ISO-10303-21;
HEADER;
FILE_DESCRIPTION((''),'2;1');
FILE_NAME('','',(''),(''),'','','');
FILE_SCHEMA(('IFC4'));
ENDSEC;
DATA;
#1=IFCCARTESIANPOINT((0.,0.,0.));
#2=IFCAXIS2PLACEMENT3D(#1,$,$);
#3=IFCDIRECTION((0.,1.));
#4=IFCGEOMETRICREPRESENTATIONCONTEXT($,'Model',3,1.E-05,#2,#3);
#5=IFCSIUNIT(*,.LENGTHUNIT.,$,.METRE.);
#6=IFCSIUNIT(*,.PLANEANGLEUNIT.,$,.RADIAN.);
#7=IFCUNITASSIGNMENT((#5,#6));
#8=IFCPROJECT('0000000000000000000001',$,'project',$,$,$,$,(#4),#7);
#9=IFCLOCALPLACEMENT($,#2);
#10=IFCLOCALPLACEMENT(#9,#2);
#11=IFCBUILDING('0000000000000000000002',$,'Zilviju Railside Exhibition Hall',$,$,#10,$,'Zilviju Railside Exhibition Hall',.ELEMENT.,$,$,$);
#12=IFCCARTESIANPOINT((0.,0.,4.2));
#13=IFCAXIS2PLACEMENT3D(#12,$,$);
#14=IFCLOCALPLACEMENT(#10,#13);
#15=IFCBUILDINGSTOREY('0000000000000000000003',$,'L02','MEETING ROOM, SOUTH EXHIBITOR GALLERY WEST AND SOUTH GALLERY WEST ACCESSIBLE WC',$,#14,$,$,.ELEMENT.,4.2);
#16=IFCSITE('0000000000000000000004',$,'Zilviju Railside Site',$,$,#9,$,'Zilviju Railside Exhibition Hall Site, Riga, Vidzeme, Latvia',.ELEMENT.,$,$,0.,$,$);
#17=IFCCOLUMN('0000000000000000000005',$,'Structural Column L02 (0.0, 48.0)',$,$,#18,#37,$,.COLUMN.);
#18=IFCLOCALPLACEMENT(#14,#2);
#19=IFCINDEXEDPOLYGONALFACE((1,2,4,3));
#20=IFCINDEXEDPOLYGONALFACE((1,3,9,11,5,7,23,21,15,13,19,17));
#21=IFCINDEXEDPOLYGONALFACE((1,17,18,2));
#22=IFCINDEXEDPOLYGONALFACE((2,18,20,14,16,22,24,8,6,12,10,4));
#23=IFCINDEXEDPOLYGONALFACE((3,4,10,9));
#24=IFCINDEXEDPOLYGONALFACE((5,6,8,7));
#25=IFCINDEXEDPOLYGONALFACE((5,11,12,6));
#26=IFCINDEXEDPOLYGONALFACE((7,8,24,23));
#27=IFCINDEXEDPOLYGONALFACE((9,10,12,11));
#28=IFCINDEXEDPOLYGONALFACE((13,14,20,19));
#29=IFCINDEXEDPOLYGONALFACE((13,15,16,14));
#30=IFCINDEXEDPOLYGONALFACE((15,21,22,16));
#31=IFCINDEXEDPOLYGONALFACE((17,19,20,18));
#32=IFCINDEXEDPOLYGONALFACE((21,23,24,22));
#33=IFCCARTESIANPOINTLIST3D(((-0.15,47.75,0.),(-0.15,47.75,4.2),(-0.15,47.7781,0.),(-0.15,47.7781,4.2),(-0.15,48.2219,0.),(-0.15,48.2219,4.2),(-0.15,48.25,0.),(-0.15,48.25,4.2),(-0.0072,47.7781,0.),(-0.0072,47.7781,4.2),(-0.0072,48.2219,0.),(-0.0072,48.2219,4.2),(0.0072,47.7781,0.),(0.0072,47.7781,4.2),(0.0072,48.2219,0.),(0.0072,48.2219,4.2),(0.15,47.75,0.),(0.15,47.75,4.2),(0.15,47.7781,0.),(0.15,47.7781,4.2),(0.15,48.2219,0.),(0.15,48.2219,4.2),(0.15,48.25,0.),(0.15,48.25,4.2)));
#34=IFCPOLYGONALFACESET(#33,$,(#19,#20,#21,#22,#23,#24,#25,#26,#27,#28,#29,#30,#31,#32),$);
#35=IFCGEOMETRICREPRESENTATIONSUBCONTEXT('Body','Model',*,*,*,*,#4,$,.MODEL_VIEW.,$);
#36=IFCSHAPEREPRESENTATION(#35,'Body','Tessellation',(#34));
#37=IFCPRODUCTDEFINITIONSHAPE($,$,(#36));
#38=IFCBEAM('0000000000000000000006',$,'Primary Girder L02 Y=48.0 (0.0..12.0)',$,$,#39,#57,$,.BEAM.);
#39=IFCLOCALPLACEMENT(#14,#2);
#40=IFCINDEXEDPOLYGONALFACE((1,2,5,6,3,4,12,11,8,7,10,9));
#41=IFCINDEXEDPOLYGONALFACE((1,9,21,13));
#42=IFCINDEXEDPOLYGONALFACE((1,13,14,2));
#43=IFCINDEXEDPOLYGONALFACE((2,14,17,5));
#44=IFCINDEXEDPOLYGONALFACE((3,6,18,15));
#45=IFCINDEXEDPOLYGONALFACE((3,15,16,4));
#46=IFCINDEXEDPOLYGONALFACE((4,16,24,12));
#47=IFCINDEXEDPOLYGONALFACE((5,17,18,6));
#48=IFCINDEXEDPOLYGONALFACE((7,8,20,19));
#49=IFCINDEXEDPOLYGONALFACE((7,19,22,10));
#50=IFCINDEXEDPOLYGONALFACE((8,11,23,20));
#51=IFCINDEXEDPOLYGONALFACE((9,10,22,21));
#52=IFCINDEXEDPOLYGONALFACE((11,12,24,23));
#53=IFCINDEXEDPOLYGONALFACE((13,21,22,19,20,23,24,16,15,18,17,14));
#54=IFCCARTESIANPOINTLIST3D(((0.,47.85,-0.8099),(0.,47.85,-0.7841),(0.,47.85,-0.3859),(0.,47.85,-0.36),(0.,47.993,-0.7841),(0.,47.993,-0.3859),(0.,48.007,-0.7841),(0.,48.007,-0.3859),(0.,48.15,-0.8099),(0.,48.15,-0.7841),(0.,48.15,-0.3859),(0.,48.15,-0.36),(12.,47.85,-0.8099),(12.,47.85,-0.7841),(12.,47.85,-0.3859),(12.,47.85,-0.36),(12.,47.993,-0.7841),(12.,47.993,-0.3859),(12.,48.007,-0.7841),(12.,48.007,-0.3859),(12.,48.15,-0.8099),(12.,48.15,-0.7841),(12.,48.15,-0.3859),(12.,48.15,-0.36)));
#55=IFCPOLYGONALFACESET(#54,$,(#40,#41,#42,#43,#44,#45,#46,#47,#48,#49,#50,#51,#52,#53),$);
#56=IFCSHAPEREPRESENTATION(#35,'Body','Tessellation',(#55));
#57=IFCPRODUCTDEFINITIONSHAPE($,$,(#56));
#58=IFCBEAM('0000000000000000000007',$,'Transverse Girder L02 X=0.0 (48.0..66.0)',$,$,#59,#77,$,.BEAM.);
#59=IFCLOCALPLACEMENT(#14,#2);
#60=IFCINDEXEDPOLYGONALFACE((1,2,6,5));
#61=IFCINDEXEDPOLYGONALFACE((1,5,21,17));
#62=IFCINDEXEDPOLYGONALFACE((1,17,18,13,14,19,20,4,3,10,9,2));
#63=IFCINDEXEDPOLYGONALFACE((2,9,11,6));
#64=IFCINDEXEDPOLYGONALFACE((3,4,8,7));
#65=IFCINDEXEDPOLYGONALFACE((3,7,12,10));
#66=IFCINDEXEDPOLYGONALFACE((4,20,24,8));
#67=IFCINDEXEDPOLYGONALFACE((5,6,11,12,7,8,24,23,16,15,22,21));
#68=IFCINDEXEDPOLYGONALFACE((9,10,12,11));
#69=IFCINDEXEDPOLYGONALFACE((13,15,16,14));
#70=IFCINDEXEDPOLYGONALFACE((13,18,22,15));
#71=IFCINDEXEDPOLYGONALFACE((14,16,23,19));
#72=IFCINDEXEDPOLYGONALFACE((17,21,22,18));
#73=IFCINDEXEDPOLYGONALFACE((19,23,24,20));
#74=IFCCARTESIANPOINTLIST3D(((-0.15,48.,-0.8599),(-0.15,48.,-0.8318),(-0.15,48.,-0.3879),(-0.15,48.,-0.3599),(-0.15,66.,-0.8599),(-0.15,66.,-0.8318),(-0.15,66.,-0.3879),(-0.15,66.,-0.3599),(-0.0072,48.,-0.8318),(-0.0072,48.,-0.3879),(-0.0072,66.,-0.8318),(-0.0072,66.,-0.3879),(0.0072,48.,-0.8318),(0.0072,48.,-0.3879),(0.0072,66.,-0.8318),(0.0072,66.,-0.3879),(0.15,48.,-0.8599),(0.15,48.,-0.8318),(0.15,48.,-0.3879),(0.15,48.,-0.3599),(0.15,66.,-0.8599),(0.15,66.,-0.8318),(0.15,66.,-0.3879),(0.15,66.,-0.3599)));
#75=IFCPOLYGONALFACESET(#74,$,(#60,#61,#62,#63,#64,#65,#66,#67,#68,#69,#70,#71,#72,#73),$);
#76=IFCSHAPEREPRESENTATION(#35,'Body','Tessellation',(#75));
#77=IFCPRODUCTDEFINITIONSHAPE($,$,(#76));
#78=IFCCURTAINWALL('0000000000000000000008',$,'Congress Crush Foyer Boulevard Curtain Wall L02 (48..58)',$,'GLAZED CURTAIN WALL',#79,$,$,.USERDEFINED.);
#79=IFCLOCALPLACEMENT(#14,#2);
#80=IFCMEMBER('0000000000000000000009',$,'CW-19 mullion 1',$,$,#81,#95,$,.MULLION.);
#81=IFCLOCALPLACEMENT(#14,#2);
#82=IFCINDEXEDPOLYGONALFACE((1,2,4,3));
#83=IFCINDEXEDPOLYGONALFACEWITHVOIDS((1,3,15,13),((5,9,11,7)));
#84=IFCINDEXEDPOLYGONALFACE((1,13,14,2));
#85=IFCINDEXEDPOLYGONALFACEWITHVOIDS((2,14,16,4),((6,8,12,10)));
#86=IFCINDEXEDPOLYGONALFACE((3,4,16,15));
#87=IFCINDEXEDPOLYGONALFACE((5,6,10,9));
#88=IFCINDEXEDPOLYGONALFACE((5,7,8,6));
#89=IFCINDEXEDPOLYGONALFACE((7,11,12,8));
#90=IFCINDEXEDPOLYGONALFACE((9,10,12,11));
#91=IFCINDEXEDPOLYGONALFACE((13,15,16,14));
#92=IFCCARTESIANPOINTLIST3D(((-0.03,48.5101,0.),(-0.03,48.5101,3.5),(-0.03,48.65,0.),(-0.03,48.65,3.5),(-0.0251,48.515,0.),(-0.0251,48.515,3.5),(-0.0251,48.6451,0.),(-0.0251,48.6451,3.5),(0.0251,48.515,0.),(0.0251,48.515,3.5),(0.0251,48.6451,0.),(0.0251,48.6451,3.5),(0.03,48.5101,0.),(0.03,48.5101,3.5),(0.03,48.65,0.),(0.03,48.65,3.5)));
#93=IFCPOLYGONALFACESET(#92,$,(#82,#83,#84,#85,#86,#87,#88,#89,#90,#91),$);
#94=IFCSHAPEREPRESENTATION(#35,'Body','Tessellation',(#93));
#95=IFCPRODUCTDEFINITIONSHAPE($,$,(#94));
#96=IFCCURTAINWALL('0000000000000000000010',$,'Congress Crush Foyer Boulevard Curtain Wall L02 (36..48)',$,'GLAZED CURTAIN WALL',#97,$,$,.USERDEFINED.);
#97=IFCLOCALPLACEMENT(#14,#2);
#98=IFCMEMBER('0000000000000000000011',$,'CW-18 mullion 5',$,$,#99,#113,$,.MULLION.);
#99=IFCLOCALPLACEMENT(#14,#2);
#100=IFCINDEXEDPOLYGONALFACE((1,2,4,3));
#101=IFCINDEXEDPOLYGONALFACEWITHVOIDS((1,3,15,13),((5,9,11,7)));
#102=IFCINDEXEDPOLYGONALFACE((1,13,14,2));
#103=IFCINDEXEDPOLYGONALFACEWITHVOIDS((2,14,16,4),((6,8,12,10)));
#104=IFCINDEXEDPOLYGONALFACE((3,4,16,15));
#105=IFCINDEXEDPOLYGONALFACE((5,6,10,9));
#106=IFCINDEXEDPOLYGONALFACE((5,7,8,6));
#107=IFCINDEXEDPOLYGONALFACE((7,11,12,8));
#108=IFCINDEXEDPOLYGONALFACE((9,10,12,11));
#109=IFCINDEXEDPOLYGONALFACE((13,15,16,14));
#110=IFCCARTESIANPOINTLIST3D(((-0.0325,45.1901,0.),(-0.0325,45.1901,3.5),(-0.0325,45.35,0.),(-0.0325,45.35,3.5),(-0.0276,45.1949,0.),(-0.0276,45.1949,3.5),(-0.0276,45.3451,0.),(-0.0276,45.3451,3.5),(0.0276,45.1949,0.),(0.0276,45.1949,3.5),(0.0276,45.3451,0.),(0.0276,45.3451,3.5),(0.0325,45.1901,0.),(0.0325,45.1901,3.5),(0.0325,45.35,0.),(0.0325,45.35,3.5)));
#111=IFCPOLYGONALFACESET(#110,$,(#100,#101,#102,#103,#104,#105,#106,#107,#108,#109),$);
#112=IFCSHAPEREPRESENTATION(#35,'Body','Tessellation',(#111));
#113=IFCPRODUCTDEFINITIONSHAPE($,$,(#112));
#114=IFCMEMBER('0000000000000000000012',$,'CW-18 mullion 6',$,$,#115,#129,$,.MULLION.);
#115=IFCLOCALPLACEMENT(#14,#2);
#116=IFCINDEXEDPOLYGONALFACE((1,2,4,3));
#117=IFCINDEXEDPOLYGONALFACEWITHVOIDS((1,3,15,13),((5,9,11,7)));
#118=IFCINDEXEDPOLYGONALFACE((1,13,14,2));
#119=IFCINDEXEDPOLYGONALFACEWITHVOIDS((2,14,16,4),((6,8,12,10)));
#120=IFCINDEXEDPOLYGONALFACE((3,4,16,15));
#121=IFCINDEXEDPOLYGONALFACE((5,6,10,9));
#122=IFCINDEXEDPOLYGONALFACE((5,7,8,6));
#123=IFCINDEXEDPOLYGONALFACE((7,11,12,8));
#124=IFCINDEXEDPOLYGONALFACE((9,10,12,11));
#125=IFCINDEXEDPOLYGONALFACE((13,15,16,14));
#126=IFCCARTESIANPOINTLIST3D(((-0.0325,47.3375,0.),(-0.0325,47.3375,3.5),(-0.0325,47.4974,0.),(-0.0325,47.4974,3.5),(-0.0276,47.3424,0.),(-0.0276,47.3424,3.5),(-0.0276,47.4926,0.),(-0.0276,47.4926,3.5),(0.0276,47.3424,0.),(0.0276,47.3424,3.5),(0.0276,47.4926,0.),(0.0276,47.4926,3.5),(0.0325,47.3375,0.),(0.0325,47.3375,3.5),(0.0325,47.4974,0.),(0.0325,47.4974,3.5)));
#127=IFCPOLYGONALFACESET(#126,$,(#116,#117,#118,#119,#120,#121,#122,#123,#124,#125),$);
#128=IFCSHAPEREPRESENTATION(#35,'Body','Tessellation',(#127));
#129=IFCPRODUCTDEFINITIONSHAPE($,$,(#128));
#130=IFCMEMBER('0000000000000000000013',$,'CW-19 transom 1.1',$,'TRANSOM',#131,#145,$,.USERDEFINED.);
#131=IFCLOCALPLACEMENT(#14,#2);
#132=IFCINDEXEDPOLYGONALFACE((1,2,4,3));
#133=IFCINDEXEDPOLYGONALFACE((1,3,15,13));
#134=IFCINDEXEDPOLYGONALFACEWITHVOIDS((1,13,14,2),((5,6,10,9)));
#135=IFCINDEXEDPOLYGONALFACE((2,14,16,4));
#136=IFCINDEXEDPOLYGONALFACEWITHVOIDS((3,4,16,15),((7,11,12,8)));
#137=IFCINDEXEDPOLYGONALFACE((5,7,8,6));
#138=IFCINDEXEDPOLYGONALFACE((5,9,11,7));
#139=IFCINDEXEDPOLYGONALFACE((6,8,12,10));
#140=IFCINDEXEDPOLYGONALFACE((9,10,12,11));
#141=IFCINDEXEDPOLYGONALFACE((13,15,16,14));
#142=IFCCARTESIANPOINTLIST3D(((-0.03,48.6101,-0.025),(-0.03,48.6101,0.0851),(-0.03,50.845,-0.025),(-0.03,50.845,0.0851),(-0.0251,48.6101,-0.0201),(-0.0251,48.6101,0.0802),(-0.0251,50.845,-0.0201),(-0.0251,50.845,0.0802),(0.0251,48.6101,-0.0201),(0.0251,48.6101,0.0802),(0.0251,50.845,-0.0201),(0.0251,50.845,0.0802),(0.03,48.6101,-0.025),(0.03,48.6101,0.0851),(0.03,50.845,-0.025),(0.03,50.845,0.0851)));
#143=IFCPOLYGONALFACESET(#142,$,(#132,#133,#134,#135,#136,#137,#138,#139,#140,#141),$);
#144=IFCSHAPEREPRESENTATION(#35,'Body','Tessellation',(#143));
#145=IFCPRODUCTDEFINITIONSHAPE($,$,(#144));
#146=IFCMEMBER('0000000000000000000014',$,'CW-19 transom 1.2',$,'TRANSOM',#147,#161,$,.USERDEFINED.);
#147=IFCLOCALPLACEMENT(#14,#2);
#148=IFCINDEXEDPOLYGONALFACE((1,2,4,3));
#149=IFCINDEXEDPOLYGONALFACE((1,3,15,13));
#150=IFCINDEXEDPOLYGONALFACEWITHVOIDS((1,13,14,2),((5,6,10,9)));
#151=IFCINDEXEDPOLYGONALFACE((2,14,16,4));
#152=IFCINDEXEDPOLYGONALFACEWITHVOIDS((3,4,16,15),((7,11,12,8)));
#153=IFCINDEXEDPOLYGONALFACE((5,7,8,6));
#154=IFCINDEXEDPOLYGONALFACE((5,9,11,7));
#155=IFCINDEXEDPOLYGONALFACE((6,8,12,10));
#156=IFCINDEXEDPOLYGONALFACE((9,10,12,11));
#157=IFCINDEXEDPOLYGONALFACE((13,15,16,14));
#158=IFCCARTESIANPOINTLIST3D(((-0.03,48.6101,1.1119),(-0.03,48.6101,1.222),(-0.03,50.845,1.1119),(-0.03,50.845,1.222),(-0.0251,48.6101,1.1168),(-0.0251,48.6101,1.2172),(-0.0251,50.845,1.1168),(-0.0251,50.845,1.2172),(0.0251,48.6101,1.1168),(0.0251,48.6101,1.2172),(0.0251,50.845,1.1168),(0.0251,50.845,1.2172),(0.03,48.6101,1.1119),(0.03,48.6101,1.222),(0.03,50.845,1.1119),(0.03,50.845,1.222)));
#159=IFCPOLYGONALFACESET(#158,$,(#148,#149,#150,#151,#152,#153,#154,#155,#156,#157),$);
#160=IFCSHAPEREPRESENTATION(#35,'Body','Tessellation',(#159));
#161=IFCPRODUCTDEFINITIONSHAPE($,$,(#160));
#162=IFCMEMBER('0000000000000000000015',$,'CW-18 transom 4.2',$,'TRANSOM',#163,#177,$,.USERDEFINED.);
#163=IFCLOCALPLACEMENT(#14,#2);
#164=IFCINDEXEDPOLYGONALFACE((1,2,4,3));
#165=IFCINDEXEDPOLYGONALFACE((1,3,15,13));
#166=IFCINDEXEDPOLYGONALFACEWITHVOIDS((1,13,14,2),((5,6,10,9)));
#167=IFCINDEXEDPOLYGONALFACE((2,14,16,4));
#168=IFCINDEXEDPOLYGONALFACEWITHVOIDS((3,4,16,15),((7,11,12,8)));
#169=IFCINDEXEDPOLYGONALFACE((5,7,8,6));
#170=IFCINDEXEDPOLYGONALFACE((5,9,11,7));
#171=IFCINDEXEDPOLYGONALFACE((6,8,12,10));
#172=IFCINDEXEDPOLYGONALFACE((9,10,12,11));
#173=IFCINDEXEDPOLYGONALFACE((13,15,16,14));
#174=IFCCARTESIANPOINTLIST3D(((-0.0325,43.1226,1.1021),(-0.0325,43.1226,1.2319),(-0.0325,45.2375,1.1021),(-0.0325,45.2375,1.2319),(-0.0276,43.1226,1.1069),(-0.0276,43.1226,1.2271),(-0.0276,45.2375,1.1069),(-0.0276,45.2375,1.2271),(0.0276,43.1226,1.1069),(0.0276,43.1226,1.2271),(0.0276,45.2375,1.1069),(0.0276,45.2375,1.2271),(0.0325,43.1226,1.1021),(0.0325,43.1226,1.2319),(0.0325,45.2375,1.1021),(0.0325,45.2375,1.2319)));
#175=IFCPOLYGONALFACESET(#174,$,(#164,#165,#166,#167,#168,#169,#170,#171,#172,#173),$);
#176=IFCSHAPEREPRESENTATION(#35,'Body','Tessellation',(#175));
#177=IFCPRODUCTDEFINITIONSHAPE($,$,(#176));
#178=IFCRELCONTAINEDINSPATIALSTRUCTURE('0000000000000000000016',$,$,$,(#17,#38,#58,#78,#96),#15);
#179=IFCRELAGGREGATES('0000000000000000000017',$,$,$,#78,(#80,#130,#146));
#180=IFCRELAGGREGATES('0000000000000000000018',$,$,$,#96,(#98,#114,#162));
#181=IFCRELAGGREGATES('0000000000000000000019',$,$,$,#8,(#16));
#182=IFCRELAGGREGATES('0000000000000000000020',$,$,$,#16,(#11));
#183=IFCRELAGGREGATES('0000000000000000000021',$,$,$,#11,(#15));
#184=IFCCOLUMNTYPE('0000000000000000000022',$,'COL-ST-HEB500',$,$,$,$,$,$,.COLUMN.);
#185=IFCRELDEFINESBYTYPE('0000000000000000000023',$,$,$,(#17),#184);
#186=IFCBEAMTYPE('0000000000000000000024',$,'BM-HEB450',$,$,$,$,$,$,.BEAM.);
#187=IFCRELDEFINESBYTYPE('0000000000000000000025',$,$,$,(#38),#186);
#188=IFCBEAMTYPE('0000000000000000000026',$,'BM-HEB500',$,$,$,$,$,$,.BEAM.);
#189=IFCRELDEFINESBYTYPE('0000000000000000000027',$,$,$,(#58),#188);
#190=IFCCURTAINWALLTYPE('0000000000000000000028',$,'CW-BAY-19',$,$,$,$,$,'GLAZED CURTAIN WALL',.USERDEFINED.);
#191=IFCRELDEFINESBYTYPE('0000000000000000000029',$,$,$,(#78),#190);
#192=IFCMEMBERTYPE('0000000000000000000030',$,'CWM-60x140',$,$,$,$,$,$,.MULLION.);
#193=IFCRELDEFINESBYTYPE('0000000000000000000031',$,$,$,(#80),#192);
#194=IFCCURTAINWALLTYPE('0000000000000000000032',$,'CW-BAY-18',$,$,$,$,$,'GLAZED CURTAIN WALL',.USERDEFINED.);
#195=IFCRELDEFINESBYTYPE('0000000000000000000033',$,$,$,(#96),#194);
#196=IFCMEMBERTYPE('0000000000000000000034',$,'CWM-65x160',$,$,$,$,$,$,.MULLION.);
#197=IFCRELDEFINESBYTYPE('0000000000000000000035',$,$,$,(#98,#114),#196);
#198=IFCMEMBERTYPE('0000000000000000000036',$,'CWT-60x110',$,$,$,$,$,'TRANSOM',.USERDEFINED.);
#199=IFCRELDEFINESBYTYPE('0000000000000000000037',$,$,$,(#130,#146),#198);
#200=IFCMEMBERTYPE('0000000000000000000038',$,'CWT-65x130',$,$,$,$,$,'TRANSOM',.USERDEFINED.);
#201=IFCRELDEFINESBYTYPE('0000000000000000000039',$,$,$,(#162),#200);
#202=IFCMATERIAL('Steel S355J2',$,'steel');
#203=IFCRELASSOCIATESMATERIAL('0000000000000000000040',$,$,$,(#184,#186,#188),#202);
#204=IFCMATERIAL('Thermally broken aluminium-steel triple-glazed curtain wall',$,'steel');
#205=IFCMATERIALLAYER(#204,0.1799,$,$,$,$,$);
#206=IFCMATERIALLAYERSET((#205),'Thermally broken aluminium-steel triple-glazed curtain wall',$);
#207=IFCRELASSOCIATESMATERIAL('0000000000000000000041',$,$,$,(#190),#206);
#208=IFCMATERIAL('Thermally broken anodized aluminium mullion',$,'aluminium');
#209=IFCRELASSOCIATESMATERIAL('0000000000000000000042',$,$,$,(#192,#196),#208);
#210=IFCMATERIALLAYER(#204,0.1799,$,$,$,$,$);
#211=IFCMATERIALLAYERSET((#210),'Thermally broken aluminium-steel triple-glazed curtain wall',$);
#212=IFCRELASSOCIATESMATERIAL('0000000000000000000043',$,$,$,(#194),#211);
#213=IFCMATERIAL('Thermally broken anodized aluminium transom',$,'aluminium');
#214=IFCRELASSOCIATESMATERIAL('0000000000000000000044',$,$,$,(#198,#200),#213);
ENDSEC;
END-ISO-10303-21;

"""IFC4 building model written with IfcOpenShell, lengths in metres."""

from ifc_helpers import new_model, si_unit, direction, frame, origin, origin_2d, place, context, subcontext, project, spatial, hollow_rectangle, i_section, extrude, material, layer, layer_set, material_profile, profile_set, type_object, element, aggregate, save


model = new_model("IFC4")

# Units and contexts
model_context = context("Model", 3, precision=1e-05, world=origin(), true_north=direction((0.0, 1.0)))
body_context = subcontext(model_context, "Body", "Model", "MODEL_VIEW")
ifc_project = project(units=[si_unit("LENGTHUNIT", "METRE"), si_unit("PLANEANGLEUNIT", "RADIAN")], contexts=[model_context])

# Site, building, storey
site_placement = place(None, origin())
site = spatial("IfcSite", under=ifc_project, at=site_placement, Name="Zilviju Railside Site", LongName="Zilviju Railside Exhibition Hall Site, Riga, Vidzeme, Latvia", CompositionType="ELEMENT", RefElevation=0.0)
building_placement = place(site_placement, origin())
building = spatial("IfcBuilding", under=site, at=building_placement, Name="Zilviju Railside Exhibition Hall", LongName="Zilviju Railside Exhibition Hall", CompositionType="ELEMENT")
storey_placement = place(building_placement, frame((0.0, 0.0, 4.2)))
storey = spatial("IfcBuildingStorey", under=building, at=storey_placement, Name="L02", Description="MEETING ROOM, SOUTH EXHIBITOR GALLERY WEST AND SOUTH GALLERY WEST ACCESSIBLE WC", CompositionType="ELEMENT", Elevation=4.2)

# Column
ifc_material_1 = material(Name="Steel S355J2", Category="steel")
ifc_material_profile_1 = material_profile(ifc_material_1, i_section(OverallWidth=0.3, OverallDepth=0.5, WebThickness=0.0144, FlangeThickness=0.0281, at=origin_2d()), Name="HEB 500")
ifc_profile_set_1 = profile_set([ifc_material_profile_1], Name="Steel S355J2")
column_type = type_object("IfcColumnType", Name="COL-ST-HEB500", PredefinedType="COLUMN", material=ifc_profile_set_1)
column_placement = place(storey_placement, frame((0.0, 48.0, 0.0), z_axis=(0.0, 0.0, 1.0), x_axis=(1.0, 0.0, 0.0)))
element("IfcColumn", 1, at=column_placement, inside=storey, type_object=column_type, Name="Structural Column L02 (0.0, 48.0)", PredefinedType="COLUMN", context=body_context, shape_type="SweptSolid", body=[
    extrude(i_section(OverallWidth=0.3, OverallDepth=0.5, WebThickness=0.0144, FlangeThickness=0.0281, at=origin_2d()), origin(), (0.0, 0.0, 1.0), 4.2),
])

# Beams
ifc_material_profile_2 = material_profile(ifc_material_1, i_section(OverallWidth=0.3, OverallDepth=0.45, WebThickness=0.0139, FlangeThickness=0.0259, at=origin_2d()), Name="HEB 450")
ifc_profile_set_2 = profile_set([ifc_material_profile_2], Name="Steel S355J2")
beam_type_1 = type_object("IfcBeamType", Name="BM-HEB450", PredefinedType="BEAM", material=ifc_profile_set_2)
beam_1_placement = place(storey_placement, frame((0.0, 48.0, -0.585), z_axis=(1.0, 0.0, 0.0), x_axis=(0.0, 1.0, 0.0)))
element("IfcBeam", 2, at=beam_1_placement, inside=storey, type_object=beam_type_1, Name="Primary Girder L02 Y=48.0 (0.0..12.0)", PredefinedType="BEAM", context=body_context, shape_type="SweptSolid", body=[
    extrude(i_section(OverallWidth=0.3, OverallDepth=0.45, WebThickness=0.0139, FlangeThickness=0.0259, at=origin_2d()), origin(), (0.0, 0.0, 1.0), 12.0),
])
ifc_material_profile_3 = material_profile(ifc_material_1, i_section(OverallWidth=0.3, OverallDepth=0.5, WebThickness=0.0144, FlangeThickness=0.0281, at=origin_2d()), Name="HEB 500")
ifc_profile_set_3 = profile_set([ifc_material_profile_3], Name="Steel S355J2")
beam_type_2 = type_object("IfcBeamType", Name="BM-HEB500", PredefinedType="BEAM", material=ifc_profile_set_3)
beam_2_placement = place(storey_placement, frame((0.0, 48.0, -0.6099), z_axis=(0.0, 1.0, 0.0), x_axis=(-1.0, 0.0, 0.0)))
element("IfcBeam", 3, at=beam_2_placement, inside=storey, type_object=beam_type_2, Name="Transverse Girder L02 X=0.0 (48.0..66.0)", PredefinedType="BEAM", context=body_context, shape_type="SweptSolid", body=[
    extrude(i_section(OverallWidth=0.3, OverallDepth=0.5, WebThickness=0.0144, FlangeThickness=0.0281, at=origin_2d()), origin(), (0.0, 0.0, 1.0), 18.0),
])

# Curtain wall, member
ifc_material_2 = material(Name="Thermally broken aluminium-steel triple-glazed curtain wall", Category="steel")
ifc_layer_1 = layer(ifc_material_2, 0.1799)
ifc_layer_set_1 = layer_set([ifc_layer_1], Name="Thermally broken aluminium-steel triple-glazed curtain wall")
curtain_wall_type_1 = type_object("IfcCurtainWallType", Name="CW-BAY-19", ElementType="GLAZED CURTAIN WALL", PredefinedType="USERDEFINED", material=ifc_layer_set_1)
curtain_wall_1_placement = place(storey_placement, origin())
curtain_wall_1 = element("IfcCurtainWall", 4, at=curtain_wall_1_placement, inside=storey, type_object=curtain_wall_type_1, Name="Congress Crush Foyer Boulevard Curtain Wall L02 (48..58)", ObjectType="GLAZED CURTAIN WALL", PredefinedType="USERDEFINED")
ifc_material_3 = material(Name="Thermally broken anodized aluminium mullion", Category="aluminium")
ifc_material_profile_4 = material_profile(ifc_material_3, hollow_rectangle(XDim=0.0601, YDim=0.1399, WallThickness=0.0049, at=origin_2d()), Name="MULLION 140x60x5")
ifc_profile_set_4 = profile_set([ifc_material_profile_4], Name="Thermally broken anodized aluminium mullion")
member_type_1 = type_object("IfcMemberType", Name="CWM-60x140", PredefinedType="MULLION", material=ifc_profile_set_4)
member_1_placement = place(storey_placement, frame((0.0, 48.5801, 0.0), z_axis=(0.0, 0.0, 1.0), x_axis=(-1.0, 0.0, 0.0)))
member_1 = element("IfcMember", 5, at=member_1_placement, type_object=member_type_1, Name="CW-19 mullion 1", PredefinedType="MULLION", context=body_context, shape_type="SweptSolid", body=[
    extrude(hollow_rectangle(XDim=0.0601, YDim=0.1399, WallThickness=0.0049, at=origin_2d()), origin(), (0.0, 0.0, 1.0), 3.5),
])

# Curtain wall, members
ifc_layer_2 = layer(ifc_material_2, 0.1799)
ifc_layer_set_2 = layer_set([ifc_layer_2], Name="Thermally broken aluminium-steel triple-glazed curtain wall")
curtain_wall_type_2 = type_object("IfcCurtainWallType", Name="CW-BAY-18", ElementType="GLAZED CURTAIN WALL", PredefinedType="USERDEFINED", material=ifc_layer_set_2)
curtain_wall_2_placement = place(storey_placement, origin())
curtain_wall_2 = element("IfcCurtainWall", 6, at=curtain_wall_2_placement, inside=storey, type_object=curtain_wall_type_2, Name="Congress Crush Foyer Boulevard Curtain Wall L02 (36..48)", ObjectType="GLAZED CURTAIN WALL", PredefinedType="USERDEFINED")
ifc_material_profile_5 = material_profile(ifc_material_3, hollow_rectangle(XDim=0.0649, YDim=0.1599, WallThickness=0.0049, at=origin_2d()), Name="MULLION 160x65x5")
ifc_profile_set_5 = profile_set([ifc_material_profile_5], Name="Thermally broken anodized aluminium mullion")
member_type_2 = type_object("IfcMemberType", Name="CWM-65x160", PredefinedType="MULLION", material=ifc_profile_set_5)
member_2_placement = place(storey_placement, frame((0.0, 45.27, 0.0), z_axis=(0.0, 0.0, 1.0), x_axis=(-1.0, 0.0, 0.0)))
member_2 = element("IfcMember", 7, at=member_2_placement, type_object=member_type_2, Name="CW-18 mullion 5", PredefinedType="MULLION", context=body_context, shape_type="SweptSolid", body=[
    extrude(hollow_rectangle(XDim=0.0649, YDim=0.1599, WallThickness=0.0049, at=origin_2d()), origin(), (0.0, 0.0, 1.0), 3.5),
])
member_3_placement = place(storey_placement, frame((0.0, 47.4175, 0.0), z_axis=(0.0, 0.0, 1.0), x_axis=(-1.0, 0.0, 0.0)))
member_3 = element("IfcMember", 8, at=member_3_placement, type_object=member_type_2, Name="CW-18 mullion 6", PredefinedType="MULLION", context=body_context, shape_type="SweptSolid", body=[
    extrude(hollow_rectangle(XDim=0.0649, YDim=0.1599, WallThickness=0.0049, at=origin_2d()), origin(), (0.0, 0.0, 1.0), 3.5),
])

# Members
ifc_material_4 = material(Name="Thermally broken anodized aluminium transom", Category="aluminium")
ifc_material_profile_6 = material_profile(ifc_material_4, hollow_rectangle(XDim=0.0601, YDim=0.1101, WallThickness=0.0049, at=origin_2d()), Name="TRANSOM 110x60x5")
ifc_profile_set_6 = profile_set([ifc_material_profile_6], Name="Thermally broken anodized aluminium transom")
member_type_3 = type_object("IfcMemberType", Name="CWT-60x110", ElementType="TRANSOM", PredefinedType="USERDEFINED", material=ifc_profile_set_6)
member_4_placement = place(storey_placement, frame((0.0, 48.6101, 0.03), z_axis=(0.0, 1.0, 0.0), x_axis=(-1.0, 0.0, 0.0)))
member_4 = element("IfcMember", 9, at=member_4_placement, type_object=member_type_3, Name="CW-19 transom 1.1", ObjectType="TRANSOM", PredefinedType="USERDEFINED", context=body_context, shape_type="SweptSolid", body=[
    extrude(hollow_rectangle(XDim=0.0601, YDim=0.1101, WallThickness=0.0049, at=origin_2d()), origin(), (0.0, 0.0, 1.0), 2.2349),
])
member_5_placement = place(storey_placement, frame((0.0, 48.6101, 1.167), z_axis=(0.0, 1.0, 0.0), x_axis=(-1.0, 0.0, 0.0)))
member_5 = element("IfcMember", 10, at=member_5_placement, type_object=member_type_3, Name="CW-19 transom 1.2", ObjectType="TRANSOM", PredefinedType="USERDEFINED", context=body_context, shape_type="SweptSolid", body=[
    extrude(hollow_rectangle(XDim=0.0601, YDim=0.1101, WallThickness=0.0049, at=origin_2d()), origin(), (0.0, 0.0, 1.0), 2.2349),
])
aggregate(curtain_wall_1, [member_1, member_4, member_5])
ifc_material_profile_7 = material_profile(ifc_material_4, hollow_rectangle(XDim=0.0649, YDim=0.1299, WallThickness=0.0049, at=origin_2d()), Name="TRANSOM 130x65x5")
ifc_profile_set_7 = profile_set([ifc_material_profile_7], Name="Thermally broken anodized aluminium transom")
member_type_4 = type_object("IfcMemberType", Name="CWT-65x130", ElementType="TRANSOM", PredefinedType="USERDEFINED", material=ifc_profile_set_7)
member_6_placement = place(storey_placement, frame((0.0, 43.1226, 1.167), z_axis=(0.0, 1.0, 0.0), x_axis=(-1.0, 0.0, 0.0)))
member_6 = element("IfcMember", 11, at=member_6_placement, type_object=member_type_4, Name="CW-18 transom 4.2", ObjectType="TRANSOM", PredefinedType="USERDEFINED", context=body_context, shape_type="SweptSolid", body=[
    extrude(hollow_rectangle(XDim=0.0649, YDim=0.1299, WallThickness=0.0049, at=origin_2d()), origin(), (0.0, 0.0, 1.0), 2.115),
])

aggregate(curtain_wall_2, [member_2, member_3, member_6])

save(model, "model.ifc")
